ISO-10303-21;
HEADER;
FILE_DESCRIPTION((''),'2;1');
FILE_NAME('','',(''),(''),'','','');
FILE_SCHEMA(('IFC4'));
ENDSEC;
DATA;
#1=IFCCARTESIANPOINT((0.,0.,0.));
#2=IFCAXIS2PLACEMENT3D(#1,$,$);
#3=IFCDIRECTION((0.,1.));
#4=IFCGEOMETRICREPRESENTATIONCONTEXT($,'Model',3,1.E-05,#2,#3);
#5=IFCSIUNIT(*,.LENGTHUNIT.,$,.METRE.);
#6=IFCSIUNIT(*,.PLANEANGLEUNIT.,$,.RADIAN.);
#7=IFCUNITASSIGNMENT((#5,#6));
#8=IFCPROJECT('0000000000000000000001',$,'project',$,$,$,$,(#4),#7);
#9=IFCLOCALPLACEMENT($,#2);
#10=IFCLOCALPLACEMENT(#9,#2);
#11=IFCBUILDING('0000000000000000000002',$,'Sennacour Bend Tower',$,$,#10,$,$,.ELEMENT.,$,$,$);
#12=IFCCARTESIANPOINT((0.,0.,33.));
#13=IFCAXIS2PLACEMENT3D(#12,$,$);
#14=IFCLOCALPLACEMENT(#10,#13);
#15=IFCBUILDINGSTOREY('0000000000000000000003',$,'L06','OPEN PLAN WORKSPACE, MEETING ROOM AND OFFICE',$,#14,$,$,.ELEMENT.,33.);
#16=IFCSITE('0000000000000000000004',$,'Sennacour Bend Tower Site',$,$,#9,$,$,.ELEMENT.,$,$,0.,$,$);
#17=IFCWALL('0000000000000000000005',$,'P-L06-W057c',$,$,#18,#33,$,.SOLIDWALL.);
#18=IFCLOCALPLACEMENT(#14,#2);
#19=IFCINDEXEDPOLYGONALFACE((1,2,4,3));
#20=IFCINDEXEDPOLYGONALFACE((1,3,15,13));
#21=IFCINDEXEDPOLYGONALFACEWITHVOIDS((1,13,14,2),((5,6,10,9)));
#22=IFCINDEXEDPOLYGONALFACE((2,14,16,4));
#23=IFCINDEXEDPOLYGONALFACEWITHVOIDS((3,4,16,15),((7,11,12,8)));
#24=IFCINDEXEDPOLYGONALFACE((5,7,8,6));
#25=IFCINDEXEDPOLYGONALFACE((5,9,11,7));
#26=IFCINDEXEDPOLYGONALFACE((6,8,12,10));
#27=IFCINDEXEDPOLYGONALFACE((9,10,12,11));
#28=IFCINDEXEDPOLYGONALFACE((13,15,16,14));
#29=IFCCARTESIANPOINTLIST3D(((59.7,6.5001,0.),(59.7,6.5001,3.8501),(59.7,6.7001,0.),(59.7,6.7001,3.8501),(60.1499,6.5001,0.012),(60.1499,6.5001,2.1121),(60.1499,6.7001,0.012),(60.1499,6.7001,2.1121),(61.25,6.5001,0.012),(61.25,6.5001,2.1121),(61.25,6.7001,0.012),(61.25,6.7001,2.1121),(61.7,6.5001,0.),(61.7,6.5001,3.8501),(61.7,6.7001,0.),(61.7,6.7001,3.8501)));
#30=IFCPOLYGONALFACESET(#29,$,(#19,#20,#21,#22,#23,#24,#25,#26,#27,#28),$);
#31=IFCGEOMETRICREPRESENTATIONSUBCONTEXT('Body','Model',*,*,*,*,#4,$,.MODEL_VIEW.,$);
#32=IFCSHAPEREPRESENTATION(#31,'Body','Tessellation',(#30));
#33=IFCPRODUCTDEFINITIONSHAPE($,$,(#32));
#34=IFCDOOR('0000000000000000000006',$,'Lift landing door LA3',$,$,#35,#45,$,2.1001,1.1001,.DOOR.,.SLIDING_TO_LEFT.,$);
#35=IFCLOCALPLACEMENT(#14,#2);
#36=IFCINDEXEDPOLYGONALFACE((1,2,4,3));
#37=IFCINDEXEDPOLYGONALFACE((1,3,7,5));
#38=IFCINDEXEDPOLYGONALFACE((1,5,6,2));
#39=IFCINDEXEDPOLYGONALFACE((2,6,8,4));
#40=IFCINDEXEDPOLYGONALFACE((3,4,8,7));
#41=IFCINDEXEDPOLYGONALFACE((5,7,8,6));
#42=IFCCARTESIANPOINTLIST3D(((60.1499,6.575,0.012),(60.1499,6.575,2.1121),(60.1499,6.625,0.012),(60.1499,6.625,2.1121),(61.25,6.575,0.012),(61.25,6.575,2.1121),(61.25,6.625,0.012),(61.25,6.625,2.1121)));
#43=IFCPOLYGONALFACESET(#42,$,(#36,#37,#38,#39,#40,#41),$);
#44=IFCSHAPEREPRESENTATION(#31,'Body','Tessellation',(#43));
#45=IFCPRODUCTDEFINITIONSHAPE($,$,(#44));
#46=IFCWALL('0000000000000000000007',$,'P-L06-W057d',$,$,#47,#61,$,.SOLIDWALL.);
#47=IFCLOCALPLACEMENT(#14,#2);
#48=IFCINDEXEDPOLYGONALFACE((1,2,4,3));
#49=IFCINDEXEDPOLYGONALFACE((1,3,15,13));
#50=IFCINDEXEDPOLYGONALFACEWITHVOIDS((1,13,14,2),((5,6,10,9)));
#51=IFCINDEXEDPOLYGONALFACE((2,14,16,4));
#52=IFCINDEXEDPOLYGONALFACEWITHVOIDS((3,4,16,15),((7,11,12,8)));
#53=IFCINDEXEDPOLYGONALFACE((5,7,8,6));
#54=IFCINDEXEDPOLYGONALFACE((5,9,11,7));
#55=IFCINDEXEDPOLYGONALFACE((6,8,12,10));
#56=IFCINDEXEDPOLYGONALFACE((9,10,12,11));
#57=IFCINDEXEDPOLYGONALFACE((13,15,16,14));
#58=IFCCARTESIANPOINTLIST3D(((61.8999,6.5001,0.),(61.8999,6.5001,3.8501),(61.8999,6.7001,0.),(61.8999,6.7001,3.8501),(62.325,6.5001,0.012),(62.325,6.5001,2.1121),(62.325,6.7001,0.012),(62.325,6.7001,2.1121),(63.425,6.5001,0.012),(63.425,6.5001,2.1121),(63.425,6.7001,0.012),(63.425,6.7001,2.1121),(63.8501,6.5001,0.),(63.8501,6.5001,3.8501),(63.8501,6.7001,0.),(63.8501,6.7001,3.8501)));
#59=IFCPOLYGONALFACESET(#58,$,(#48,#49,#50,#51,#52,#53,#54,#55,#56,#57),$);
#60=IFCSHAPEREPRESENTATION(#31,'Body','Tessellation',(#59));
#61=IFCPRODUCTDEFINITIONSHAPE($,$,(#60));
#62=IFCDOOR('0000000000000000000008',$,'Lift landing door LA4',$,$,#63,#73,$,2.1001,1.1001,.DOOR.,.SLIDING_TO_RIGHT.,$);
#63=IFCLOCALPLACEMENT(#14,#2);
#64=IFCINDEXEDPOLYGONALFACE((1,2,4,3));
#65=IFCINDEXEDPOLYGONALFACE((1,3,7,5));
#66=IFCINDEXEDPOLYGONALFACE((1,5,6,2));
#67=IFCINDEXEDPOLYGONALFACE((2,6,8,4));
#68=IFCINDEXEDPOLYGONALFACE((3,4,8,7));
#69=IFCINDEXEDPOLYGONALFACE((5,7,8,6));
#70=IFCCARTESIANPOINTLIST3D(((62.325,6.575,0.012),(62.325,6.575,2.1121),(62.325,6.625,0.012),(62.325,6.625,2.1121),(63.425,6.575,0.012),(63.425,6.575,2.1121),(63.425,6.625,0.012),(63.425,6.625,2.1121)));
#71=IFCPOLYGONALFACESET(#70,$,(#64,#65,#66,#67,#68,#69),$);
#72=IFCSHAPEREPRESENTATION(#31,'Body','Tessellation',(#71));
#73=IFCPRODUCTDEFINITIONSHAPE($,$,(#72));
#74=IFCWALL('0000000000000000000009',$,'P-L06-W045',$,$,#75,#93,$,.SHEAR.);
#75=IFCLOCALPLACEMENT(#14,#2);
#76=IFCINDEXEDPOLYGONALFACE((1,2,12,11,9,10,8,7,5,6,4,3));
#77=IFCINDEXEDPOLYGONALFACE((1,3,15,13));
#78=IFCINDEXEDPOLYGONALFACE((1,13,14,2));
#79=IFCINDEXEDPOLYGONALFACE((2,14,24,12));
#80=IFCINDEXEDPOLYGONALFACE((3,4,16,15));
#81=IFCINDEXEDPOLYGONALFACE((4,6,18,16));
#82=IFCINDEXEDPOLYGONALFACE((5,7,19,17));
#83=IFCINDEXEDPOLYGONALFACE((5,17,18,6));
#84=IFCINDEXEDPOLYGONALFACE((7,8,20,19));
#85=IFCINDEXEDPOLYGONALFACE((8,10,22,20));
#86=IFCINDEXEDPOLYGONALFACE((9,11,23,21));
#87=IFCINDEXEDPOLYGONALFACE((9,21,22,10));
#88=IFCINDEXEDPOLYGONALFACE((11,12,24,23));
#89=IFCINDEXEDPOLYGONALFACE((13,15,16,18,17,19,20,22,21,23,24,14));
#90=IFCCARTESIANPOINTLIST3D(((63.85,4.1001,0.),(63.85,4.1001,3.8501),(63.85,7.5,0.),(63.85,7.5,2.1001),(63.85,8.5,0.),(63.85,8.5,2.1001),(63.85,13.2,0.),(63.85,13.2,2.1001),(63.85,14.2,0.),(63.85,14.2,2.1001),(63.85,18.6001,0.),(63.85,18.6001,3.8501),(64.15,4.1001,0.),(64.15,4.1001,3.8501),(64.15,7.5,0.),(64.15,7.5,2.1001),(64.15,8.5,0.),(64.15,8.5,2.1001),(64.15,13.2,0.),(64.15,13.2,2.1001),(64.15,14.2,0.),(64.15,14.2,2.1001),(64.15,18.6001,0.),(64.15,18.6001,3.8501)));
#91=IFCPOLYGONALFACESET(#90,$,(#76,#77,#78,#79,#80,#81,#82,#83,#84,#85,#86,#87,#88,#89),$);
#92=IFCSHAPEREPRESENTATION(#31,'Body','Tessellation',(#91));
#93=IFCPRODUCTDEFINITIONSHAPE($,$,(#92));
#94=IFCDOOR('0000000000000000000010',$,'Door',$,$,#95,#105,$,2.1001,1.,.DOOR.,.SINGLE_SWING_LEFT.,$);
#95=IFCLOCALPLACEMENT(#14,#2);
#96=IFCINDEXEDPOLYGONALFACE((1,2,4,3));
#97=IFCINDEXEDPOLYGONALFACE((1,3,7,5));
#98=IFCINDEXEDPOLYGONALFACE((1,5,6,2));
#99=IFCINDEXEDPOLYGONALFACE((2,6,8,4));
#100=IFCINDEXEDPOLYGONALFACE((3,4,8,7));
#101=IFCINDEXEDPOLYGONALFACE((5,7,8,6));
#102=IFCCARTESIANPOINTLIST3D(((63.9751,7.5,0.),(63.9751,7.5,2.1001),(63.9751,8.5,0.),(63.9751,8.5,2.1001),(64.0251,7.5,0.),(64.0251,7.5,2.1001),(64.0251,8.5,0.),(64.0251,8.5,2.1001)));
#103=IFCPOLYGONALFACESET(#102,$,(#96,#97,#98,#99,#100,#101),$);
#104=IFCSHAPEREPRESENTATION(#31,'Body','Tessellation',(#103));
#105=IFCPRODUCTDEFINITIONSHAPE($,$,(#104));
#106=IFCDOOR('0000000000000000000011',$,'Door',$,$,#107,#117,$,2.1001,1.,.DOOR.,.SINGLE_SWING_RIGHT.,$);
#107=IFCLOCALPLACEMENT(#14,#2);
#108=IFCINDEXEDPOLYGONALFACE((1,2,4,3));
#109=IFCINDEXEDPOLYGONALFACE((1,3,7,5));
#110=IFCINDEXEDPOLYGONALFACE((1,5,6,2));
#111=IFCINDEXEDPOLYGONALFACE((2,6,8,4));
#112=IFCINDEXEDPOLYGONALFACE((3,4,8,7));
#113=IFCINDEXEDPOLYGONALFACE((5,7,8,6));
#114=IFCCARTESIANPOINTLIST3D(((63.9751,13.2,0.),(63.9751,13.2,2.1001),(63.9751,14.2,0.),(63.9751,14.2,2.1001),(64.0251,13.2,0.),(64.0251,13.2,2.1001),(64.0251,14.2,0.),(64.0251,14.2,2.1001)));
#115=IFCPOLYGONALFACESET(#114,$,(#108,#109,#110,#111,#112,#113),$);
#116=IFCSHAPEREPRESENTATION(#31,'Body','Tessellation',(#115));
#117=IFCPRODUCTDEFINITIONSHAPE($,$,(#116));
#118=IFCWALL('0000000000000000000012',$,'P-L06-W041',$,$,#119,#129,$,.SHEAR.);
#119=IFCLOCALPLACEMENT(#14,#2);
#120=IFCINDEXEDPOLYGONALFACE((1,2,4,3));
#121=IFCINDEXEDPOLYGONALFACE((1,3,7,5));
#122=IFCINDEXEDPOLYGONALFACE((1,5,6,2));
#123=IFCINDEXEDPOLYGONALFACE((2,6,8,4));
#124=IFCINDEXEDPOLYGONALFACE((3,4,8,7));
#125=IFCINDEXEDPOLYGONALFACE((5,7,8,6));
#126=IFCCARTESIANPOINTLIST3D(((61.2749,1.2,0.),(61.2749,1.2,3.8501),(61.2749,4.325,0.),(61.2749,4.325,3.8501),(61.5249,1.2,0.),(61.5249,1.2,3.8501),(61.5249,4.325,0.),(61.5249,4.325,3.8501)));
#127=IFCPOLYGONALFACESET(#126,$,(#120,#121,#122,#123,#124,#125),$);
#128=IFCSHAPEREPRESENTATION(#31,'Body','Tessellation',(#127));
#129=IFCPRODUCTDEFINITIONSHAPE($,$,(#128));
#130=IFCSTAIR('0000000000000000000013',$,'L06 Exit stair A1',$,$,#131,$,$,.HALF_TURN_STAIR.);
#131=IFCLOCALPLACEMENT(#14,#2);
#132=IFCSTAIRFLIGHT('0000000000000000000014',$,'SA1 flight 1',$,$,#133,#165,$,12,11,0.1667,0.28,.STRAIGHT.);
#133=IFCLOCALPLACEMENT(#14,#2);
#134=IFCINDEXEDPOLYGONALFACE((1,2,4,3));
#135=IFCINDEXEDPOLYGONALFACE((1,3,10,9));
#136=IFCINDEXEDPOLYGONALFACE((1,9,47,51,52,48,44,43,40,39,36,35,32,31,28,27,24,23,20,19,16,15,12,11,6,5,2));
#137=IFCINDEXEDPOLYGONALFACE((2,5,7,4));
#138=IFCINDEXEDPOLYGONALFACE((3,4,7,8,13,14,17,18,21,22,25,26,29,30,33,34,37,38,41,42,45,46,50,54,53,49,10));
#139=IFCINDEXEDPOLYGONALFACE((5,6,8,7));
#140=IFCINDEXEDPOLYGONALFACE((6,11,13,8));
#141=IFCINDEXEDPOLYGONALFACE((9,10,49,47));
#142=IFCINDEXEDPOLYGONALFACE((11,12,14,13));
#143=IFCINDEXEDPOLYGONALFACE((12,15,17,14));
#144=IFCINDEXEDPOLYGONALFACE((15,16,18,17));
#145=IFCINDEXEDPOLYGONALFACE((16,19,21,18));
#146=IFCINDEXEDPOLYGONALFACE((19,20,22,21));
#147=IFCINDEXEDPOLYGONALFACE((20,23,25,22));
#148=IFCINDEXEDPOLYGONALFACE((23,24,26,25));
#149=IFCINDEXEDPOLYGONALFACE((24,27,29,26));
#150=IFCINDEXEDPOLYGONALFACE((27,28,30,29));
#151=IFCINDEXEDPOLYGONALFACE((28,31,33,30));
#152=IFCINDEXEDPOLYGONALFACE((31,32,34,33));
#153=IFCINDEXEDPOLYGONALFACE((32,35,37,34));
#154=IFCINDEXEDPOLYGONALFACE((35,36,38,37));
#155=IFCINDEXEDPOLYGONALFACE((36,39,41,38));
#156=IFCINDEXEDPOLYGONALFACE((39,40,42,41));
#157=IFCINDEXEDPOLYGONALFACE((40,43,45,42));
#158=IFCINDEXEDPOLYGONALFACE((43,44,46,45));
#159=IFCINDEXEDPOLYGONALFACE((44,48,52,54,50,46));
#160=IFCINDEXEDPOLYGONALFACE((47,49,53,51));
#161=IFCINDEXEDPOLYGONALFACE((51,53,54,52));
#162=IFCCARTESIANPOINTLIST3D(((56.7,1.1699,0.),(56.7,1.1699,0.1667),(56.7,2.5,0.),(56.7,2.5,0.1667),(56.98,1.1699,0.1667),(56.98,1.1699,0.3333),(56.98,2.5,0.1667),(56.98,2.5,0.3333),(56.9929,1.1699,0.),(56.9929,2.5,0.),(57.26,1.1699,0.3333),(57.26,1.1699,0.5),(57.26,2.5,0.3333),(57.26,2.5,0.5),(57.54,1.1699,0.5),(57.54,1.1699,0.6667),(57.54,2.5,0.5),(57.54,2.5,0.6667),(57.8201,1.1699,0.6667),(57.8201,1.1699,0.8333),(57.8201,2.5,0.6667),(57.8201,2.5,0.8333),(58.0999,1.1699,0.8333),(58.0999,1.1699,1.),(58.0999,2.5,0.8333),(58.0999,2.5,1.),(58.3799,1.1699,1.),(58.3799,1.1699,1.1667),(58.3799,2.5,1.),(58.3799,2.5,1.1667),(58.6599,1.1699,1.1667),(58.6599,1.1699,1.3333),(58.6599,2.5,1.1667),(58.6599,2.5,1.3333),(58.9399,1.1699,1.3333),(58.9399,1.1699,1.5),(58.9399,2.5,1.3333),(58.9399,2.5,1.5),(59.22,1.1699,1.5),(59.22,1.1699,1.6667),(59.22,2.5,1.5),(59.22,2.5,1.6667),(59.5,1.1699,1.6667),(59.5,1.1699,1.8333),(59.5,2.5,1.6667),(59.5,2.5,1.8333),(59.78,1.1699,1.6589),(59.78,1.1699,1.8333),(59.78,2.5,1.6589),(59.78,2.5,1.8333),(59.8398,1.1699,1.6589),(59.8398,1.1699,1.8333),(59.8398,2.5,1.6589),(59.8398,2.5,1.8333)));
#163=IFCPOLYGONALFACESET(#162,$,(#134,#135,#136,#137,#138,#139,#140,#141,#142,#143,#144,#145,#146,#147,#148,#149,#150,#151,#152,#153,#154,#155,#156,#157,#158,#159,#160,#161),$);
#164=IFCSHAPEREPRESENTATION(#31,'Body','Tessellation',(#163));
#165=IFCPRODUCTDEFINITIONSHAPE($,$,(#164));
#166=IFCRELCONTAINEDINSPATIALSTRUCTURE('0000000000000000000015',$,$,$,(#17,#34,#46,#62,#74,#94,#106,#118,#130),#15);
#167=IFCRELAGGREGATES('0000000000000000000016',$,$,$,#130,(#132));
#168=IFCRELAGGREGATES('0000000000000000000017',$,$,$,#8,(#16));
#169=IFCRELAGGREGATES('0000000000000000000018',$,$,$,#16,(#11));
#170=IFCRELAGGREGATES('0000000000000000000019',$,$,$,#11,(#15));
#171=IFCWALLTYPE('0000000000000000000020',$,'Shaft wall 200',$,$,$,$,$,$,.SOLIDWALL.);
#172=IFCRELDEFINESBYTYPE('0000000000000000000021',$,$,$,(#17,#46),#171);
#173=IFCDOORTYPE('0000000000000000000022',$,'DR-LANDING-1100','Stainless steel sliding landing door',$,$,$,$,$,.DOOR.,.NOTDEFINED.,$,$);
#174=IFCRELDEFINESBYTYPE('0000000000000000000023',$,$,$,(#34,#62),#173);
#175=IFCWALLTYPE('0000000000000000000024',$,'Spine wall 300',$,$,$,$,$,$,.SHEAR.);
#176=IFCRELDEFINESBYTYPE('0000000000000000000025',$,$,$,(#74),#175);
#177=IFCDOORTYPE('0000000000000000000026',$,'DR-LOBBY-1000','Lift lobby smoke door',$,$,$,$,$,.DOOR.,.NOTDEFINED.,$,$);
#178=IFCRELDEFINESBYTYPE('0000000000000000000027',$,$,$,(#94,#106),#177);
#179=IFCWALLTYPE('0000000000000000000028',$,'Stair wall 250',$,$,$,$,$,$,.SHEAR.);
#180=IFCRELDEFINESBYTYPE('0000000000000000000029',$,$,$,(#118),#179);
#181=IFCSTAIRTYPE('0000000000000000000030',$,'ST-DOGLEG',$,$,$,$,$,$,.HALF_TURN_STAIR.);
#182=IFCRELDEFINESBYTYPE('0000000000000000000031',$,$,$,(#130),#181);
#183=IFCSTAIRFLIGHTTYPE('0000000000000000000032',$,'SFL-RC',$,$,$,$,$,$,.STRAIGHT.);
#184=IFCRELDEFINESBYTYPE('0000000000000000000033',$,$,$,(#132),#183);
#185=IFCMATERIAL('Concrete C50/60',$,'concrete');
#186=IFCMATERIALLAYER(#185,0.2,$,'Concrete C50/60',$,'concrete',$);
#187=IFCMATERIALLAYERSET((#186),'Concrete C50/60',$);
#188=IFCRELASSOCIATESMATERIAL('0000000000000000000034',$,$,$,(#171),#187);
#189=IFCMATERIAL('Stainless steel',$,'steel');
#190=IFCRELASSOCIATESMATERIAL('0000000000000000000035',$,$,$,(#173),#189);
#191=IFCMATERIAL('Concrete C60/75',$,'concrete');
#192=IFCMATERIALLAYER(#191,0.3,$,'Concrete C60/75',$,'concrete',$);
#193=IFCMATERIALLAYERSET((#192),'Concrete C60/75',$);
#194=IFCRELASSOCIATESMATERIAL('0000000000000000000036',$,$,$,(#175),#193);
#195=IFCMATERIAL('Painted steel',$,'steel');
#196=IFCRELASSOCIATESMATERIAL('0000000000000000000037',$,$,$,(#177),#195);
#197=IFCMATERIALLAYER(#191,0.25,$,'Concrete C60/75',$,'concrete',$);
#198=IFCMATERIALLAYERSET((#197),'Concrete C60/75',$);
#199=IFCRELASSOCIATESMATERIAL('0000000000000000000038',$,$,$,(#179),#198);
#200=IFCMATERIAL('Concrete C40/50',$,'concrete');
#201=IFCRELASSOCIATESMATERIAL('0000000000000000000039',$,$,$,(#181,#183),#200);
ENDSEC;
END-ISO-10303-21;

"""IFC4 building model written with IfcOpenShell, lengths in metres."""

from ifc_helpers import new_model, si_unit, direction, frame, frame_2d, origin, place, context, subcontext, project, spatial, polyline, rectangle, outline, extrude, material, layer, layer_set, type_object, element, fill, aggregate, save


model = new_model("IFC4")

# Units and contexts
model_context = context("Model", 3, precision=1e-05, world=origin(), true_north=direction((0.0, 1.0)))
body_context = subcontext(model_context, "Body", "Model", "MODEL_VIEW")
ifc_project = project(units=[si_unit("LENGTHUNIT", "METRE"), si_unit("PLANEANGLEUNIT", "RADIAN")], contexts=[model_context])

# Site, building, storey
site_placement = place(None, origin())
site = spatial("IfcSite", under=ifc_project, at=site_placement, Name="Sennacour Bend Tower Site", CompositionType="ELEMENT", RefElevation=0.0)
building_placement = place(site_placement, origin())
building = spatial("IfcBuilding", under=site, at=building_placement, Name="Sennacour Bend Tower", CompositionType="ELEMENT")
storey_placement = place(building_placement, frame((0.0, 0.0, 33.0)))
storey = spatial("IfcBuildingStorey", under=building, at=storey_placement, Name="L06", Description="OPEN PLAN WORKSPACE, MEETING ROOM AND OFFICE", CompositionType="ELEMENT", Elevation=33.0)

# Shared definitions
ifc_material_1 = material(Name="Painted steel", Category="steel")

# Shared definitions
ifc_material_2 = material(Name="Concrete C50/60", Category="concrete")
ifc_layer_1 = layer(ifc_material_2, 0.2, Name="Concrete C50/60", Category="concrete")
ifc_layer_set_1 = layer_set([ifc_layer_1], Name="Concrete C50/60")
wall_type_1 = type_object("IfcWallType", Name="Shaft wall 200", PredefinedType="SOLIDWALL", material=ifc_layer_set_1)

# Walls, openings, doors
ifc_material_3 = material(Name="Stainless steel", Category="steel")
door_type_1 = type_object("IfcDoorType", Name="DR-LANDING-1100", Description="Stainless steel sliding landing door", OperationType="NOTDEFINED", PredefinedType="DOOR", material=ifc_material_3)
wall_1_placement = place(storey_placement, frame((59.7, 6.6001, 0.0), z_axis=(0.0, 0.0, 1.0), x_axis=(1.0, 0.0, 0.0)))
wall_1 = element("IfcWall", 1, at=wall_1_placement, inside=storey, type_object=wall_type_1, Name="P-L06-W057c", PredefinedType="SOLIDWALL", context=body_context, shape_type="SweptSolid", body=[
    extrude(rectangle(XDim=2.0, YDim=0.2, at=frame_2d((1.0, 0.0))), origin(), (0.0, 0.0, 1.0), 3.8501),
])
opening_1_placement = place(wall_1_placement, frame((0.45, 0.0, 0.012)))
opening_1 = element("IfcOpeningElement", 2, at=opening_1_placement, cuts=wall_1, PredefinedType="OPENING", context=body_context, shape_type="SweptSolid", body=[
    extrude(rectangle(XDim=1.1001, YDim=2.1001, at=frame_2d((0.55, 1.05))), frame((0.0, 0.1099, 0.0), z_axis=(0.0, -1.0, 0.0), x_axis=(1.0, 0.0, 0.0)), (0.0, 0.0, 1.0), 0.22),
])
door_1_placement = place(opening_1_placement, origin())
door_1 = element("IfcDoor", 3, at=door_1_placement, inside=storey, type_object=door_type_1, Name="Lift landing door LA3", OperationType="SLIDING_TO_LEFT", OverallHeight=2.1001, OverallWidth=1.1001, PredefinedType="DOOR", context=body_context, shape_type="SweptSolid", body=[
    extrude(rectangle(XDim=1.1001, YDim=2.1001, at=frame_2d((0.55, 1.05))), frame((0.0, 0.0249, 0.0), z_axis=(0.0, -1.0, 0.0), x_axis=(1.0, 0.0, 0.0)), (0.0, 0.0, 1.0), 0.05),
])
fill(opening_1, door_1)
wall_2_placement = place(storey_placement, frame((61.8999, 6.6001, 0.0), z_axis=(0.0, 0.0, 1.0), x_axis=(1.0, 0.0, 0.0)))
wall_2 = element("IfcWall", 4, at=wall_2_placement, inside=storey, type_object=wall_type_1, Name="P-L06-W057d", PredefinedType="SOLIDWALL", context=body_context, shape_type="SweptSolid", body=[
    extrude(rectangle(XDim=1.9502, YDim=0.2, at=frame_2d((0.9751, 0.0))), origin(), (0.0, 0.0, 1.0), 3.8501),
])
opening_2_placement = place(wall_2_placement, frame((0.425, 0.0, 0.012)))
opening_2 = element("IfcOpeningElement", 5, at=opening_2_placement, cuts=wall_2, PredefinedType="OPENING", context=body_context, shape_type="SweptSolid", body=[
    extrude(rectangle(XDim=1.1001, YDim=2.1001, at=frame_2d((0.55, 1.05))), frame((0.0, 0.1099, 0.0), z_axis=(0.0, -1.0, 0.0), x_axis=(1.0, 0.0, 0.0)), (0.0, 0.0, 1.0), 0.22),
])
door_2_placement = place(opening_2_placement, origin())
door_2 = element("IfcDoor", 6, at=door_2_placement, inside=storey, type_object=door_type_1, Name="Lift landing door LA4", OperationType="SLIDING_TO_RIGHT", OverallHeight=2.1001, OverallWidth=1.1001, PredefinedType="DOOR", context=body_context, shape_type="SweptSolid", body=[
    extrude(rectangle(XDim=1.1001, YDim=2.1001, at=frame_2d((0.55, 1.05))), frame((0.0, 0.0249, 0.0), z_axis=(0.0, -1.0, 0.0), x_axis=(1.0, 0.0, 0.0)), (0.0, 0.0, 1.0), 0.05),
])
fill(opening_2, door_2)

# Wall, openings, doors
ifc_material_4 = material(Name="Concrete C60/75", Category="concrete")
ifc_layer_2 = layer(ifc_material_4, 0.3, Name="Concrete C60/75", Category="concrete")
ifc_layer_set_2 = layer_set([ifc_layer_2], Name="Concrete C60/75")
wall_type_2 = type_object("IfcWallType", Name="Spine wall 300", PredefinedType="SHEAR", material=ifc_layer_set_2)
wall_3_placement = place(storey_placement, frame((64.0, 4.1001, 0.0), z_axis=(0.0, 0.0, 1.0), x_axis=(0.0, 1.0, 0.0)))
wall_3 = element("IfcWall", 7, at=wall_3_placement, inside=storey, type_object=wall_type_2, Name="P-L06-W045", PredefinedType="SHEAR", context=body_context, shape_type="SweptSolid", body=[
    extrude(rectangle(XDim=14.5, YDim=0.3, at=frame_2d((7.25, 0.0))), origin(), (0.0, 0.0, 1.0), 3.8501),
])
opening_3_placement = place(wall_3_placement, frame((3.3999, 0.0, 0.0)))
opening_3 = element("IfcOpeningElement", 8, at=opening_3_placement, cuts=wall_3, PredefinedType="OPENING", context=body_context, shape_type="SweptSolid", body=[
    extrude(rectangle(XDim=1.0, YDim=2.1001, at=frame_2d((0.5, 1.05))), frame((0.0, 0.1602, 0.0), z_axis=(0.0, -1.0, 0.0), x_axis=(1.0, 0.0, 0.0)), (0.0, 0.0, 1.0), 0.3201),
])
opening_4_placement = place(wall_3_placement, frame((9.0999, 0.0, 0.0)))
opening_4 = element("IfcOpeningElement", 9, at=opening_4_placement, cuts=wall_3, PredefinedType="OPENING", context=body_context, shape_type="SweptSolid", body=[
    extrude(rectangle(XDim=1.0, YDim=2.1001, at=frame_2d((0.5, 1.05))), frame((0.0, 0.1602, 0.0), z_axis=(0.0, -1.0, 0.0), x_axis=(1.0, 0.0, 0.0)), (0.0, 0.0, 1.0), 0.3201),
])
door_type_2 = type_object("IfcDoorType", Name="DR-LOBBY-1000", Description="Lift lobby smoke door", OperationType="NOTDEFINED", PredefinedType="DOOR", material=ifc_material_1)
door_3_placement = place(opening_3_placement, origin())
door_3 = element("IfcDoor", 10, at=door_3_placement, inside=storey, type_object=door_type_2, Name="Door", OperationType="SINGLE_SWING_LEFT", OverallHeight=2.1001, OverallWidth=1.0, PredefinedType="DOOR", context=body_context, shape_type="SweptSolid", body=[
    extrude(rectangle(XDim=1.0, YDim=2.1001, at=frame_2d((0.5, 1.05))), frame((0.0, 0.0249, 0.0), z_axis=(0.0, -1.0, 0.0), x_axis=(1.0, 0.0, 0.0)), (0.0, 0.0, 1.0), 0.05),
])
fill(opening_3, door_3)
door_4_placement = place(opening_4_placement, origin())
door_4 = element("IfcDoor", 11, at=door_4_placement, inside=storey, type_object=door_type_2, Name="Door", OperationType="SINGLE_SWING_RIGHT", OverallHeight=2.1001, OverallWidth=1.0, PredefinedType="DOOR", context=body_context, shape_type="SweptSolid", body=[
    extrude(rectangle(XDim=1.0, YDim=2.1001, at=frame_2d((0.5, 1.05))), frame((0.0, 0.0249, 0.0), z_axis=(0.0, -1.0, 0.0), x_axis=(1.0, 0.0, 0.0)), (0.0, 0.0, 1.0), 0.05),
])
fill(opening_4, door_4)

# Wall
ifc_layer_3 = layer(ifc_material_4, 0.25, Name="Concrete C60/75", Category="concrete")
ifc_layer_set_3 = layer_set([ifc_layer_3], Name="Concrete C60/75")
wall_type_3 = type_object("IfcWallType", Name="Stair wall 250", PredefinedType="SHEAR", material=ifc_layer_set_3)
wall_4_placement = place(storey_placement, frame((61.3999, 1.2, 0.0), z_axis=(0.0, 0.0, 1.0), x_axis=(0.0, 1.0, 0.0)))
element("IfcWall", 12, at=wall_4_placement, inside=storey, type_object=wall_type_3, Name="P-L06-W041", PredefinedType="SHEAR", context=body_context, shape_type="SweptSolid", body=[
    extrude(rectangle(XDim=3.125, YDim=0.25, at=frame_2d((1.5625, 0.0))), origin(), (0.0, 0.0, 1.0), 3.8501),
])

# Stair, stair flight
ifc_material_5 = material(Name="Concrete C40/50", Category="concrete")
stair_type = type_object("IfcStairType", Name="ST-DOGLEG", PredefinedType="HALF_TURN_STAIR", material=ifc_material_5)
stair_placement = place(storey_placement, origin())
stair = element("IfcStair", 13, at=stair_placement, inside=storey, type_object=stair_type, Name="L06 Exit stair A1", PredefinedType="HALF_TURN_STAIR")
stair_flight_type = type_object("IfcStairFlightType", Name="SFL-RC", PredefinedType="STRAIGHT", material=ifc_material_5)
stair_flight_1_placement = place(storey_placement, frame((56.7, 1.835, 0.0), z_axis=(0.0, 0.0, 1.0), x_axis=(1.0, 0.0, 0.0)))
stair_flight_1 = element("IfcStairFlight", 14, at=stair_flight_1_placement, type_object=stair_flight_type, Name="SA1 flight 1", NumberOfRisers=12, NumberOfTreads=11, PredefinedType="STRAIGHT", RiserHeight=0.1667, TreadLength=0.28, context=body_context, shape_type="SweptSolid", body=[
    extrude(outline(polyline([(0.0, 0.0), (0.0, 0.1667), (0.28, 0.1667), (0.28, 0.3333), (0.5601, 0.3333), (0.5601, 0.5), (0.8401, 0.5), (0.8401, 0.6667), (1.1201, 0.6667), (1.1201, 0.8333), (1.3999, 0.8333), (1.3999, 1.0), (1.6799, 1.0), (1.6799, 1.1667), (1.96, 1.1667), (1.96, 1.3333), (2.24, 1.3333), (2.24, 1.5), (2.52, 1.5), (2.52, 1.6667), (2.8, 1.6667), (2.8, 1.8333), (3.0801, 1.8333), (3.1399, 1.8333), (3.1399, 1.6589), (3.0801, 1.6589), (0.293, 0.0), (0.0, 0.0)])), frame((0.0, 0.665, 0.0), z_axis=(0.0, -1.0, 0.0), x_axis=(1.0, 0.0, 0.0)), (0.0, 0.0, 1.0), 1.3301),
])
aggregate(stair, [stair_flight_1])

save(model, "model.ifc")
